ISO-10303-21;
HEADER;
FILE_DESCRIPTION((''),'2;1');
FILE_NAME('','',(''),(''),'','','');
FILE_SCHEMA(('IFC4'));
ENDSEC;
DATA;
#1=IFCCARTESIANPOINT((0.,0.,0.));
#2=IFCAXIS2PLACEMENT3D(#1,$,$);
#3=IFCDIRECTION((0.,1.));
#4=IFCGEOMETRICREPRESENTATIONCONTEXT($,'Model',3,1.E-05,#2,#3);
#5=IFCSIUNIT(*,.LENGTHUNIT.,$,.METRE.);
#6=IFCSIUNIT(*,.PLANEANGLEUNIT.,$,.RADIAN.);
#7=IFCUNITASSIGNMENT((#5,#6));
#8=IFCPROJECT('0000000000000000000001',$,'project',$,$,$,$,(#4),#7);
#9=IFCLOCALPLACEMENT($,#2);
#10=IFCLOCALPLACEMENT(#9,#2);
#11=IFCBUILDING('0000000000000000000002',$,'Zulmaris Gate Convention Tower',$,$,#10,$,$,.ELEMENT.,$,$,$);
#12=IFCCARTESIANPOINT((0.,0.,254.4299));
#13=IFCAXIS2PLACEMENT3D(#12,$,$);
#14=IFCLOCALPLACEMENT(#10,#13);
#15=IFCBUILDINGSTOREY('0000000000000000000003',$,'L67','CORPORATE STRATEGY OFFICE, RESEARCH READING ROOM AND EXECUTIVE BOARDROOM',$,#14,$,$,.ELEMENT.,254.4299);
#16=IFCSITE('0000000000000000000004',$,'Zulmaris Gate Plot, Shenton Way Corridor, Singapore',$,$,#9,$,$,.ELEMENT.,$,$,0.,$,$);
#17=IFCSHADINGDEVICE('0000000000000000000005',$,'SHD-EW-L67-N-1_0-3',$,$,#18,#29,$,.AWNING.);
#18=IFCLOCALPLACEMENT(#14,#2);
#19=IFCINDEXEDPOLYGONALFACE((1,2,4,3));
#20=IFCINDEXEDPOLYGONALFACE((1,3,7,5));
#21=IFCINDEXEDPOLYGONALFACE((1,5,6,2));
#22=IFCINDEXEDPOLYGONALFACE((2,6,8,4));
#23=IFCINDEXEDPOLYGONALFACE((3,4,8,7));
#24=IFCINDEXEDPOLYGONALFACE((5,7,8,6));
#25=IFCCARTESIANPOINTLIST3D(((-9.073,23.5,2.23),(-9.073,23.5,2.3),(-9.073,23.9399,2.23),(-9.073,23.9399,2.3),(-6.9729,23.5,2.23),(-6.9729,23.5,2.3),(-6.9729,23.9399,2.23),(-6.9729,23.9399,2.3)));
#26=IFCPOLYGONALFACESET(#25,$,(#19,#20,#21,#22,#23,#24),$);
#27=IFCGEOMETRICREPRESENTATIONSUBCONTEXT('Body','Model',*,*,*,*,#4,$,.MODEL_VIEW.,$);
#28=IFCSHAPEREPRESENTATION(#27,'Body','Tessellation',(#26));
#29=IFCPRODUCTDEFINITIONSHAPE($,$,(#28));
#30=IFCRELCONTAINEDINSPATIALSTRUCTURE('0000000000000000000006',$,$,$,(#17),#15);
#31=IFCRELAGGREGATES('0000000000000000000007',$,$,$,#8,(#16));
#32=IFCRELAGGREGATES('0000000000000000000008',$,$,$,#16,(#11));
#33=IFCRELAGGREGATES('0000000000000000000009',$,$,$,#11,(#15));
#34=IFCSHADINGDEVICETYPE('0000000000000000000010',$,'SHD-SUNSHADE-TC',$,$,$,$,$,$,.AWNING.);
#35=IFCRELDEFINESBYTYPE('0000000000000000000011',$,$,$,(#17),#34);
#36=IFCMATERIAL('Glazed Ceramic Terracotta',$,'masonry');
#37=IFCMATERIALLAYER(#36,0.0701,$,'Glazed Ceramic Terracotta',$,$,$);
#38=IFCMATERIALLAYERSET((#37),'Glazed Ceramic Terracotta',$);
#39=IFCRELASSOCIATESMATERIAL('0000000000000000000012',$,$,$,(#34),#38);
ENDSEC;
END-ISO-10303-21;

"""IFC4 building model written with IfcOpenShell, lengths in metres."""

from ifc_helpers import new_model, si_unit, direction, frame, frame_2d, origin, place, context, subcontext, project, spatial, rectangle, extrude, material, layer, layer_set, type_object, element, save


model = new_model("IFC4")

# Units and contexts
model_context = context("Model", 3, precision=1e-05, world=origin(), true_north=direction((0.0, 1.0)))
body_context = subcontext(model_context, "Body", "Model", "MODEL_VIEW")
ifc_project = project(units=[si_unit("LENGTHUNIT", "METRE"), si_unit("PLANEANGLEUNIT", "RADIAN")], contexts=[model_context])

# Site, building, storey
site_placement = place(None, origin())
site = spatial("IfcSite", under=ifc_project, at=site_placement, Name="Zulmaris Gate Plot, Shenton Way Corridor, Singapore", CompositionType="ELEMENT", RefElevation=0.0)
building_placement = place(site_placement, origin())
building = spatial("IfcBuilding", under=site, at=building_placement, Name="Zulmaris Gate Convention Tower", CompositionType="ELEMENT")
storey_placement = place(building_placement, frame((0.0, 0.0, 254.4299)))
storey = spatial("IfcBuildingStorey", under=building, at=storey_placement, Name="L67", Description="CORPORATE STRATEGY OFFICE, RESEARCH READING ROOM AND EXECUTIVE BOARDROOM", CompositionType="ELEMENT", Elevation=254.4299)

# Shading device
ifc_material_1 = material(Name="Glazed Ceramic Terracotta", Category="masonry")
ifc_layer_1 = layer(ifc_material_1, 0.0701, Name="Glazed Ceramic Terracotta")
ifc_layer_set_1 = layer_set([ifc_layer_1], Name="Glazed Ceramic Terracotta")
shading_device_type = type_object("IfcShadingDeviceType", Name="SHD-SUNSHADE-TC", PredefinedType="AWNING", material=ifc_layer_set_1)
shading_device_placement = place(storey_placement, frame((-6.9729, 23.72, 2.23), z_axis=(0.0, 0.0, 1.0), x_axis=(-1.0, 0.0, 0.0)))
element("IfcShadingDevice", 1, at=shading_device_placement, inside=storey, type_object=shading_device_type, Name="SHD-EW-L67-N-1_0-3", PredefinedType="AWNING", context=body_context, shape_type="SweptSolid", body=[
    extrude(rectangle(XDim=2.1001, YDim=0.4399, at=frame_2d((1.05, 0.0))), origin(), (0.0, 0.0, 1.0), 0.0701),
])

save(model, "model.ifc")
